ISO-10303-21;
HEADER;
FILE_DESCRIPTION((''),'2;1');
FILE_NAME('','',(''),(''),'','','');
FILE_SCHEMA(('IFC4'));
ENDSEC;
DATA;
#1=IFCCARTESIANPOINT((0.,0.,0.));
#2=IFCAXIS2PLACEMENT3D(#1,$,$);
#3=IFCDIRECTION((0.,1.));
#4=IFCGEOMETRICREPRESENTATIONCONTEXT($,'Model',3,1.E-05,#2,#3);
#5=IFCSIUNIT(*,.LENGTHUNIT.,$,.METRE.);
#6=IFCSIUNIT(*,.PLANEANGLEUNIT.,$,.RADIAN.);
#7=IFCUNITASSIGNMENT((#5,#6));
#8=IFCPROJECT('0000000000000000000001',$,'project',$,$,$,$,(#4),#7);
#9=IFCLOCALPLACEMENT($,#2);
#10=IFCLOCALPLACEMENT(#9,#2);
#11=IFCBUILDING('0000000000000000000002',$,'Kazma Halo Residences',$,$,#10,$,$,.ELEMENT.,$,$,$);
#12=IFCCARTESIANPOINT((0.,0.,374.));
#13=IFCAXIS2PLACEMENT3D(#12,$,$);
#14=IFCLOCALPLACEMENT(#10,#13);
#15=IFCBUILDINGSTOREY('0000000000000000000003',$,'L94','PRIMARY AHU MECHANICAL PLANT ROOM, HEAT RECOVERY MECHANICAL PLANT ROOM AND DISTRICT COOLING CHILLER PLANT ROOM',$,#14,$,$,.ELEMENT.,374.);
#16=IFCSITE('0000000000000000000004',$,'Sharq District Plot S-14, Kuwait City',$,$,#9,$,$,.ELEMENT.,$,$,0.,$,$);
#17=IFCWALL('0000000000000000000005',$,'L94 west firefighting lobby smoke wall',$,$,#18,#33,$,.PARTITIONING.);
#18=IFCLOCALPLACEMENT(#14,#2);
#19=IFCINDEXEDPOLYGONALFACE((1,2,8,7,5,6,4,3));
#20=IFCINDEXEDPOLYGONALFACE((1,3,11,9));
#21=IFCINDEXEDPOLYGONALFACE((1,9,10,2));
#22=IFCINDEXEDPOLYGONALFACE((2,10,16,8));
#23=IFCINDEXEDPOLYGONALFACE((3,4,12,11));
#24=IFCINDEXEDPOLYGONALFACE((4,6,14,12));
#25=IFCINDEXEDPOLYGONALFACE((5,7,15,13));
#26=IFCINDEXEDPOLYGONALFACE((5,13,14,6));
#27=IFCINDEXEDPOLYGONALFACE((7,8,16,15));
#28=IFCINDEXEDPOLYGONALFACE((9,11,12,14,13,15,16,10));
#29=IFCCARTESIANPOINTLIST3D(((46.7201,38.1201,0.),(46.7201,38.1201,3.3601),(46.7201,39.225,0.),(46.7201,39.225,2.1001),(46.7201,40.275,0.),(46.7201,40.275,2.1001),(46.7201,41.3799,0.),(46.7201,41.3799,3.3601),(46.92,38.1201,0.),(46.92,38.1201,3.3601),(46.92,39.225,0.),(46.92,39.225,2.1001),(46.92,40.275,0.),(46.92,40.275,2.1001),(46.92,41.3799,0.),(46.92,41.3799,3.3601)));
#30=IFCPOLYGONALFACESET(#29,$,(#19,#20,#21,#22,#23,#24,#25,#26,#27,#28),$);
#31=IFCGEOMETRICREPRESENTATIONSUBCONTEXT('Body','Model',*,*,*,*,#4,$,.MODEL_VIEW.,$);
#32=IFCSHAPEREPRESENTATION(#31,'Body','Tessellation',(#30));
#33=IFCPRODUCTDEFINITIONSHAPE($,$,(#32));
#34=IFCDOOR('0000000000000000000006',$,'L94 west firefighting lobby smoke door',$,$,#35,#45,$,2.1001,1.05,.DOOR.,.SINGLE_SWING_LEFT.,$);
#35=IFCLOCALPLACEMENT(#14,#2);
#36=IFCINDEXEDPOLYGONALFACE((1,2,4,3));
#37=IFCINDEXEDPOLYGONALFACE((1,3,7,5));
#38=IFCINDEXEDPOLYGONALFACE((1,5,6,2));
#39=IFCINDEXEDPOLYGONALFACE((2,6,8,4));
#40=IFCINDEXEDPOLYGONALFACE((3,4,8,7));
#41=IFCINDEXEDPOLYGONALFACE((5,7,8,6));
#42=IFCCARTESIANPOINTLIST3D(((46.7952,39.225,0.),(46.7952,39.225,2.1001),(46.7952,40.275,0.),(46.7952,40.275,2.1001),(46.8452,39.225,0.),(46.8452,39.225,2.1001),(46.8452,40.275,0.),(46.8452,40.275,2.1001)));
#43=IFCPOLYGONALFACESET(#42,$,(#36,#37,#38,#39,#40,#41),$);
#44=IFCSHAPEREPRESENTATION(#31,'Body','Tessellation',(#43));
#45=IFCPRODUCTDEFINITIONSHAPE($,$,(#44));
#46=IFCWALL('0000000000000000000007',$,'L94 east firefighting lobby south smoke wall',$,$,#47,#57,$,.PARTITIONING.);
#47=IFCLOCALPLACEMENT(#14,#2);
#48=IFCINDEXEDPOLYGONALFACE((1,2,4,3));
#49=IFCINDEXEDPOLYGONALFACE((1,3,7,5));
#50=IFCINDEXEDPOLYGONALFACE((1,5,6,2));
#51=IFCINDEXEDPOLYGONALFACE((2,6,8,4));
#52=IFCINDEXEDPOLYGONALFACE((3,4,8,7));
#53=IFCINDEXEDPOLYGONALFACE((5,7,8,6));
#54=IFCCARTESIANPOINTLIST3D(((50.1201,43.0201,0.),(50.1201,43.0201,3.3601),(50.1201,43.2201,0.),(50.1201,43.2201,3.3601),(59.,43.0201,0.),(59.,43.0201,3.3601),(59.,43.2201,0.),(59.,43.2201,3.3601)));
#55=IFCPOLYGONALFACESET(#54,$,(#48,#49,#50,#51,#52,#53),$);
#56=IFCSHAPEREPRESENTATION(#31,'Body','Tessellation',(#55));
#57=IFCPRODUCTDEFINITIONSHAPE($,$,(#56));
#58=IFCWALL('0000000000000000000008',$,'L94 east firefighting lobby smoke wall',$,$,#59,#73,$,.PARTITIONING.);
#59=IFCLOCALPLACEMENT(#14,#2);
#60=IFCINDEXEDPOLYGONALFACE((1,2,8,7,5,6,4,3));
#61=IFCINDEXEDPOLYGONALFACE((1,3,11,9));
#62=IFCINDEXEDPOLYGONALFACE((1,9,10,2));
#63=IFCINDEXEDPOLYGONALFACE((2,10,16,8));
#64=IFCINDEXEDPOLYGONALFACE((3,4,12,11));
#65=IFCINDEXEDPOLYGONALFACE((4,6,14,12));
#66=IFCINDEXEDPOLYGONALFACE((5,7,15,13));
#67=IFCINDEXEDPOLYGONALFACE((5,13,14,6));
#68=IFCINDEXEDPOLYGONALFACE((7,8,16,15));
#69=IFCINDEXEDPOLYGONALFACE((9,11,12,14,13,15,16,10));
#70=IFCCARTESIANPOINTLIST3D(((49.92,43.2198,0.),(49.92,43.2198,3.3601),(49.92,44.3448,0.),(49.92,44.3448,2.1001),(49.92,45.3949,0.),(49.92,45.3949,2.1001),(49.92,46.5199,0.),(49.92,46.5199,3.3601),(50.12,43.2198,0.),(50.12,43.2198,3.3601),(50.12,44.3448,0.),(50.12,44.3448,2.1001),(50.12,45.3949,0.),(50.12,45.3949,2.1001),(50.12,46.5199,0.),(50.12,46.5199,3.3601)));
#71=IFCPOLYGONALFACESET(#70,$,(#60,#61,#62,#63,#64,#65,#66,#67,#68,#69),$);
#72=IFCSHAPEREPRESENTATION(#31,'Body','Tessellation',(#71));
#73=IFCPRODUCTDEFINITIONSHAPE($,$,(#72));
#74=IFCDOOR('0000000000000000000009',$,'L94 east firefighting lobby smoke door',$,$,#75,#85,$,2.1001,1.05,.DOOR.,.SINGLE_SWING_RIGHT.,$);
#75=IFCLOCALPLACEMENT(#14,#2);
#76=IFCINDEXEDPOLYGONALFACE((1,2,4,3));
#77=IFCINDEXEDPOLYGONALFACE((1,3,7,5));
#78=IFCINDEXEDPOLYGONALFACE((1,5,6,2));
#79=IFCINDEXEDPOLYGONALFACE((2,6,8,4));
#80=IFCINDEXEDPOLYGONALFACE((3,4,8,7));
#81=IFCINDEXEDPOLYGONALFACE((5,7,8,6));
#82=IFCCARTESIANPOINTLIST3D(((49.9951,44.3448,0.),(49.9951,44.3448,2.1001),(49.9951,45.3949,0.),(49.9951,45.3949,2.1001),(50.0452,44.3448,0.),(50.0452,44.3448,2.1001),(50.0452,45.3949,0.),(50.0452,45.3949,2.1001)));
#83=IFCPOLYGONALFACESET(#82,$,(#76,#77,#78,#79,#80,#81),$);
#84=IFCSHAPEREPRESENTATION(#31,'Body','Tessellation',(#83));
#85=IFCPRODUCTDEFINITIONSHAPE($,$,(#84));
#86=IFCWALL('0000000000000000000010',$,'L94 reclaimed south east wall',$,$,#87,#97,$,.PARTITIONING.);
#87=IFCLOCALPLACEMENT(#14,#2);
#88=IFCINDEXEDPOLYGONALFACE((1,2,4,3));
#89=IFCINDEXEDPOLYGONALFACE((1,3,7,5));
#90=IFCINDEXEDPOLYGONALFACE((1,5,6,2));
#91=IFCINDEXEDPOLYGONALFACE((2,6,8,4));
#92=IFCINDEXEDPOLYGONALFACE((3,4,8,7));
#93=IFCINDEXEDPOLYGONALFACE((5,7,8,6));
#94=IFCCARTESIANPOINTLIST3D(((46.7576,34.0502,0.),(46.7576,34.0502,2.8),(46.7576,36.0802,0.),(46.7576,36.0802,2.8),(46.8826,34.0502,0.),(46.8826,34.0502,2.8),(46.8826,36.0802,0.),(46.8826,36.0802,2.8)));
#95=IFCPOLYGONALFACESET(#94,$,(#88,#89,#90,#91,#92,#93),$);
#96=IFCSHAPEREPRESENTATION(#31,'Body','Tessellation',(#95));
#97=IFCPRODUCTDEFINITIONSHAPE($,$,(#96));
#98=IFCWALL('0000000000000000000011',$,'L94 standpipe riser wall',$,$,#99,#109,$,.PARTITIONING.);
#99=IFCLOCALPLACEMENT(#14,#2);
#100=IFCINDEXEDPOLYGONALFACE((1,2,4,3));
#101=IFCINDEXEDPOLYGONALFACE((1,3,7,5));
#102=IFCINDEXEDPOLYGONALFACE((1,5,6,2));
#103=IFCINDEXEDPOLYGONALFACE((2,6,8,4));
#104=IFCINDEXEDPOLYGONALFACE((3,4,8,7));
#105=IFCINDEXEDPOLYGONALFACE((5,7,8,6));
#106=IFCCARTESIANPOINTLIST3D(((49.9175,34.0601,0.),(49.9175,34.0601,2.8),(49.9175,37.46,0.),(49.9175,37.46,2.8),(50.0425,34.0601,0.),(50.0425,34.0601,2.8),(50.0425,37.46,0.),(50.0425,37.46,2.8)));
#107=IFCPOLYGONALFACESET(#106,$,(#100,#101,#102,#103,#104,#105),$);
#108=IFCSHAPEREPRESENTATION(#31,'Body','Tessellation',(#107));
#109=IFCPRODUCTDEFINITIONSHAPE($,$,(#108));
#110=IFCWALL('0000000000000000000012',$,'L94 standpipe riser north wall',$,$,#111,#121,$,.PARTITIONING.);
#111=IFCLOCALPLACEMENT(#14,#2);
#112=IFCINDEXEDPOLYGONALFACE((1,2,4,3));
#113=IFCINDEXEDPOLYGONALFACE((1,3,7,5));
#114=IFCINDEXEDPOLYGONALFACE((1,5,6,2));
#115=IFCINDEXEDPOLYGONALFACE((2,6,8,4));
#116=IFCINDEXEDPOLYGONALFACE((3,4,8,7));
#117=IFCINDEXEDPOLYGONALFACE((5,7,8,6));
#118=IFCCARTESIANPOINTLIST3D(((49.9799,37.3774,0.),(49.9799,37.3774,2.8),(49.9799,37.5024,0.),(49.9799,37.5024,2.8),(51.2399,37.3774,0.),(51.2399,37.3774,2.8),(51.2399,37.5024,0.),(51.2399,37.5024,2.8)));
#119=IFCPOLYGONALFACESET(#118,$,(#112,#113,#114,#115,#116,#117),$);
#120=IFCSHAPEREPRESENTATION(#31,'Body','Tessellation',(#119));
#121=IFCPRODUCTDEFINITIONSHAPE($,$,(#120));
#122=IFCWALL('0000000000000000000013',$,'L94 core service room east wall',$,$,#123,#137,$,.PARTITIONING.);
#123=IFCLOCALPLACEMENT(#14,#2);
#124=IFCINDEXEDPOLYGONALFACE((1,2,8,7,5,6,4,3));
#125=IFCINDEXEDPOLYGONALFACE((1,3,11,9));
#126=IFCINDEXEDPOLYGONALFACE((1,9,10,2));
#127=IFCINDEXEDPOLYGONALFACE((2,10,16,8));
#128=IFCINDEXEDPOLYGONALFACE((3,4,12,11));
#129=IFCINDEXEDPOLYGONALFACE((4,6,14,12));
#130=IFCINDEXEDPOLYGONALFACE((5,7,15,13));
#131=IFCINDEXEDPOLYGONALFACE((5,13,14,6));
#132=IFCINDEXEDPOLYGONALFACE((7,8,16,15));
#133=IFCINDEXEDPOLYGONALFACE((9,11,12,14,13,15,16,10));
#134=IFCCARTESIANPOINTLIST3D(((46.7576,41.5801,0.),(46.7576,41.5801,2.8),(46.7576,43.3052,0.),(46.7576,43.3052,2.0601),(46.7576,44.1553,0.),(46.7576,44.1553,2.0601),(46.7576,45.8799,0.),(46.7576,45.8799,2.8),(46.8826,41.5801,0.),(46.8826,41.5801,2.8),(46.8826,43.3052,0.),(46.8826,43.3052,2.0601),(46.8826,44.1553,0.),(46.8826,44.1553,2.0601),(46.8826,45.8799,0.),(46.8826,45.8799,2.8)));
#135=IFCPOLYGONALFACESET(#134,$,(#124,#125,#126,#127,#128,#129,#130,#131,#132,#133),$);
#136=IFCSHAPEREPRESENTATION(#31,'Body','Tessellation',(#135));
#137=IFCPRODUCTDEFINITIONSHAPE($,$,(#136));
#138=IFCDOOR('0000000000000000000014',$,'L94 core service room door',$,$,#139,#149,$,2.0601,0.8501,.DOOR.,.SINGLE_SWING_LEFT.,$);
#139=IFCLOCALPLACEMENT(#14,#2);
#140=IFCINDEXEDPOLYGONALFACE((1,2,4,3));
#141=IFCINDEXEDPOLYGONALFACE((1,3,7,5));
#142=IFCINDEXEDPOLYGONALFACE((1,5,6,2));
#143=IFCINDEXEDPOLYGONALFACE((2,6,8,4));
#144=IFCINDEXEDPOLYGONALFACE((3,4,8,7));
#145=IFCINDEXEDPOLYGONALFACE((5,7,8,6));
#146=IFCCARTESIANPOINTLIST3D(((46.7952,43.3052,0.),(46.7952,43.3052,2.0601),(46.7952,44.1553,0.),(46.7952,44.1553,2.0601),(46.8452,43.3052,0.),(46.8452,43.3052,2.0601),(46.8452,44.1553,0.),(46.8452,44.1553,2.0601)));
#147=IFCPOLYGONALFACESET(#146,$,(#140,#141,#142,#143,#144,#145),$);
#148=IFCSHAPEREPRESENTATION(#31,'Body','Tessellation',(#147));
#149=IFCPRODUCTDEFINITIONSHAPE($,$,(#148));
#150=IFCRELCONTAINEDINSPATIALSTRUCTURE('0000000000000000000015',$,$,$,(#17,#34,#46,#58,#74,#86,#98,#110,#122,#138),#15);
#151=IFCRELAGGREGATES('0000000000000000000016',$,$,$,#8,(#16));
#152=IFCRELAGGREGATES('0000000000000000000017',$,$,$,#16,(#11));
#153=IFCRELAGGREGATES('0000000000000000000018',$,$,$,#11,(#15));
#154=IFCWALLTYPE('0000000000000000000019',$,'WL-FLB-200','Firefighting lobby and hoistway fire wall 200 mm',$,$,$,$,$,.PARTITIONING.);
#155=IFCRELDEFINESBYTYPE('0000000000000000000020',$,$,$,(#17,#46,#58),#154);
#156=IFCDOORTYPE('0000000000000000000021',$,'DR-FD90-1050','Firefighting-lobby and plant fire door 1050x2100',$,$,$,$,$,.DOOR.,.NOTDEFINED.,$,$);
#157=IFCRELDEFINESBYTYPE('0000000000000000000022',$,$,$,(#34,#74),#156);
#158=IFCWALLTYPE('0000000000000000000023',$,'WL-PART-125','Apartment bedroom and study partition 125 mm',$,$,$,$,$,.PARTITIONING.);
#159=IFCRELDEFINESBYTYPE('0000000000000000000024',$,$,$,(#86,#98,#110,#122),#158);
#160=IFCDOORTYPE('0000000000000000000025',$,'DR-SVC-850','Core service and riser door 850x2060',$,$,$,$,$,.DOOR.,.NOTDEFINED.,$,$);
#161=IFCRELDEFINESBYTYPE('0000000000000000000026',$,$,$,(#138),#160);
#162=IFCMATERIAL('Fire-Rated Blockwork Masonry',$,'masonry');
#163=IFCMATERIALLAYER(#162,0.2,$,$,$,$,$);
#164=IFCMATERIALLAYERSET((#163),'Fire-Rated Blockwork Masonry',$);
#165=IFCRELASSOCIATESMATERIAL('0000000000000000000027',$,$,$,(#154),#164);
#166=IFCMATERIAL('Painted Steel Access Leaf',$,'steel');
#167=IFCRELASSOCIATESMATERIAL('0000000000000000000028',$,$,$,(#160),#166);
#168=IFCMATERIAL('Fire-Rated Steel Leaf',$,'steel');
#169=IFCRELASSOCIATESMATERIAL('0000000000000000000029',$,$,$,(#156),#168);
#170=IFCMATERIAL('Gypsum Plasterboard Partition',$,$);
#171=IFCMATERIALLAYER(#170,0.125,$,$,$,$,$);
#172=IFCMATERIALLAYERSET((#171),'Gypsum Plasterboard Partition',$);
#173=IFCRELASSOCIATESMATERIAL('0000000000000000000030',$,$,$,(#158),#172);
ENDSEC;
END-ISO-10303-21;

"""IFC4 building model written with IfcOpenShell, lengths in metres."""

from ifc_helpers import new_model, si_unit, direction, frame, frame_2d, origin, place, context, subcontext, project, spatial, rectangle, extrude, material, layer, layer_set, type_object, element, fill, save


model = new_model("IFC4")

# Units and contexts
model_context = context("Model", 3, precision=1e-05, world=origin(), true_north=direction((0.0, 1.0)))
body_context = subcontext(model_context, "Body", "Model", "MODEL_VIEW")
ifc_project = project(units=[si_unit("LENGTHUNIT", "METRE"), si_unit("PLANEANGLEUNIT", "RADIAN")], contexts=[model_context])

# Site, building, storey
site_placement = place(None, origin())
site = spatial("IfcSite", under=ifc_project, at=site_placement, Name="Sharq District Plot S-14, Kuwait City", CompositionType="ELEMENT", RefElevation=0.0)
building_placement = place(site_placement, origin())
building = spatial("IfcBuilding", under=site, at=building_placement, Name="Kazma Halo Residences", CompositionType="ELEMENT")
storey_placement = place(building_placement, frame((0.0, 0.0, 374.0)))
storey = spatial("IfcBuildingStorey", under=building, at=storey_placement, Name="L94", Description="PRIMARY AHU MECHANICAL PLANT ROOM, HEAT RECOVERY MECHANICAL PLANT ROOM AND DISTRICT COOLING CHILLER PLANT ROOM", CompositionType="ELEMENT", Elevation=374.0)

# Shared definitions
ifc_material_1 = material(Name="Fire-Rated Blockwork Masonry", Category="masonry")
ifc_layer_1 = layer(ifc_material_1, 0.2)
ifc_layer_set_1 = layer_set([ifc_layer_1], Name="Fire-Rated Blockwork Masonry")
wall_type_1 = type_object("IfcWallType", Name="WL-FLB-200", Description="Firefighting lobby and hoistway fire wall 200 mm", PredefinedType="PARTITIONING", material=ifc_layer_set_1)
ifc_material_2 = material(Name="Painted Steel Access Leaf", Category="steel")
door_type_1 = type_object("IfcDoorType", Name="DR-SVC-850", Description="Core service and riser door 850x2060", OperationType="NOTDEFINED", PredefinedType="DOOR", material=ifc_material_2)

# Wall, opening, door
wall_1_placement = place(storey_placement, frame((46.8201, 38.1201, 0.0), z_axis=(0.0, 0.0, 1.0), x_axis=(0.0, 1.0, 0.0)))
wall_1 = element("IfcWall", 1, at=wall_1_placement, inside=storey, type_object=wall_type_1, Name="L94 west firefighting lobby smoke wall", PredefinedType="PARTITIONING", context=body_context, shape_type="SweptSolid", body=[
    extrude(rectangle(XDim=3.2598, YDim=0.2, at=frame_2d((1.6299, 0.0))), origin(), (0.0, 0.0, 1.0), 3.3601),
])
opening_1_placement = place(wall_1_placement, frame((1.105, 0.0, 0.0)))
opening_1 = element("IfcOpeningElement", 2, at=opening_1_placement, cuts=wall_1, PredefinedType="OPENING", context=body_context, shape_type="SweptSolid", body=[
    extrude(rectangle(XDim=1.05, YDim=2.1001, at=frame_2d((0.5249, 1.05))), frame((0.0, 0.1099, 0.0), z_axis=(0.0, -1.0, 0.0), x_axis=(1.0, 0.0, 0.0)), (0.0, 0.0, 1.0), 0.22),
])
ifc_material_3 = material(Name="Fire-Rated Steel Leaf", Category="steel")
door_type_2 = type_object("IfcDoorType", Name="DR-FD90-1050", Description="Firefighting-lobby and plant fire door 1050x2100", OperationType="NOTDEFINED", PredefinedType="DOOR", material=ifc_material_3)
door_1_placement = place(opening_1_placement, origin())
door_1 = element("IfcDoor", 3, at=door_1_placement, inside=storey, type_object=door_type_2, Name="L94 west firefighting lobby smoke door", OperationType="SINGLE_SWING_LEFT", OverallHeight=2.1001, OverallWidth=1.05, PredefinedType="DOOR", context=body_context, shape_type="SweptSolid", body=[
    extrude(rectangle(XDim=1.05, YDim=2.1001, at=frame_2d((0.5249, 1.05))), frame((0.0, 0.0249, 0.0), z_axis=(0.0, -1.0, 0.0), x_axis=(1.0, 0.0, 0.0)), (0.0, 0.0, 1.0), 0.05),
])
fill(opening_1, door_1)

# Wall
wall_2_placement = place(storey_placement, frame((50.1201, 43.1201, 0.0), z_axis=(0.0, 0.0, 1.0), x_axis=(1.0, 0.0, 0.0)))
element("IfcWall", 4, at=wall_2_placement, inside=storey, type_object=wall_type_1, Name="L94 east firefighting lobby south smoke wall", PredefinedType="PARTITIONING", context=body_context, shape_type="SweptSolid", body=[
    extrude(rectangle(XDim=8.8799, YDim=0.2, at=frame_2d((4.4399, 0.0))), origin(), (0.0, 0.0, 1.0), 3.3601),
])

# Wall, opening, door
wall_3_placement = place(storey_placement, frame((50.02, 43.22, 0.0), z_axis=(0.0, 0.0, 1.0), x_axis=(0.0, 1.0, 0.0)))
wall_3 = element("IfcWall", 5, at=wall_3_placement, inside=storey, type_object=wall_type_1, Name="L94 east firefighting lobby smoke wall", PredefinedType="PARTITIONING", context=body_context, shape_type="SweptSolid", body=[
    extrude(rectangle(XDim=3.3, YDim=0.2, at=frame_2d((1.6499, 0.0))), origin(), (0.0, 0.0, 1.0), 3.3601),
])
opening_2_placement = place(wall_3_placement, frame((1.125, 0.0, 0.0)))
opening_2 = element("IfcOpeningElement", 6, at=opening_2_placement, cuts=wall_3, PredefinedType="OPENING", context=body_context, shape_type="SweptSolid", body=[
    extrude(rectangle(XDim=1.05, YDim=2.1001, at=frame_2d((0.5249, 1.05))), frame((0.0, 0.1099, 0.0), z_axis=(0.0, -1.0, 0.0), x_axis=(1.0, 0.0, 0.0)), (0.0, 0.0, 1.0), 0.22),
])
door_2_placement = place(opening_2_placement, origin())
door_2 = element("IfcDoor", 7, at=door_2_placement, inside=storey, type_object=door_type_2, Name="L94 east firefighting lobby smoke door", OperationType="SINGLE_SWING_RIGHT", OverallHeight=2.1001, OverallWidth=1.05, PredefinedType="DOOR", context=body_context, shape_type="SweptSolid", body=[
    extrude(rectangle(XDim=1.05, YDim=2.1001, at=frame_2d((0.5249, 1.05))), frame((0.0, 0.0249, 0.0), z_axis=(0.0, -1.0, 0.0), x_axis=(1.0, 0.0, 0.0)), (0.0, 0.0, 1.0), 0.05),
])
fill(opening_2, door_2)

# Walls
ifc_material_4 = material(Name="Gypsum Plasterboard Partition")
ifc_layer_2 = layer(ifc_material_4, 0.125)
ifc_layer_set_2 = layer_set([ifc_layer_2], Name="Gypsum Plasterboard Partition")
wall_type_2 = type_object("IfcWallType", Name="WL-PART-125", Description="Apartment bedroom and study partition 125 mm", PredefinedType="PARTITIONING", material=ifc_layer_set_2)
wall_4_placement = place(storey_placement, frame((46.8201, 34.05, 0.0), z_axis=(0.0, 0.0, 1.0), x_axis=(0.0, 1.0, 0.0)))
element("IfcWall", 8, at=wall_4_placement, inside=storey, type_object=wall_type_2, Name="L94 reclaimed south east wall", PredefinedType="PARTITIONING", context=body_context, shape_type="SweptSolid", body=[
    extrude(rectangle(XDim=2.03, YDim=0.125, at=frame_2d((1.0151, 0.0))), origin(), (0.0, 0.0, 1.0), 2.8),
])
wall_5_placement = place(storey_placement, frame((49.98, 34.0601, 0.0), z_axis=(0.0, 0.0, 1.0), x_axis=(0.0, 1.0, 0.0)))
element("IfcWall", 9, at=wall_5_placement, inside=storey, type_object=wall_type_2, Name="L94 standpipe riser wall", PredefinedType="PARTITIONING", context=body_context, shape_type="SweptSolid", body=[
    extrude(rectangle(XDim=3.3999, YDim=0.125, at=frame_2d((1.7, 0.0))), origin(), (0.0, 0.0, 1.0), 2.8),
])
wall_6_placement = place(storey_placement, frame((49.98, 37.4399, 0.0), z_axis=(0.0, 0.0, 1.0), x_axis=(1.0, 0.0, 0.0)))
element("IfcWall", 10, at=wall_6_placement, inside=storey, type_object=wall_type_2, Name="L94 standpipe riser north wall", PredefinedType="PARTITIONING", context=body_context, shape_type="SweptSolid", body=[
    extrude(rectangle(XDim=1.26, YDim=0.125, at=frame_2d((0.6299, 0.0))), origin(), (0.0, 0.0, 1.0), 2.8),
])

# Wall, opening, door
wall_7_placement = place(storey_placement, frame((46.8201, 41.5801, 0.0), z_axis=(0.0, 0.0, 1.0), x_axis=(0.0, 1.0, 0.0)))
wall_7 = element("IfcWall", 11, at=wall_7_placement, inside=storey, type_object=wall_type_2, Name="L94 core service room east wall", PredefinedType="PARTITIONING", context=body_context, shape_type="SweptSolid", body=[
    extrude(rectangle(XDim=4.2998, YDim=0.125, at=frame_2d((2.1499, 0.0))), origin(), (0.0, 0.0, 1.0), 2.8),
])
opening_3_placement = place(wall_7_placement, frame((1.7251, 0.0, 0.0)))
opening_3 = element("IfcOpeningElement", 12, at=opening_3_placement, cuts=wall_7, PredefinedType="OPENING", context=body_context, shape_type="SweptSolid", body=[
    extrude(rectangle(XDim=0.8501, YDim=2.0601, at=frame_2d((0.425, 1.03))), frame((0.0, 0.0725, 0.0), z_axis=(0.0, -1.0, 0.0), x_axis=(1.0, 0.0, 0.0)), (0.0, 0.0, 1.0), 0.145),
])
door_3_placement = place(opening_3_placement, origin())
door_3 = element("IfcDoor", 13, at=door_3_placement, inside=storey, type_object=door_type_1, Name="L94 core service room door", OperationType="SINGLE_SWING_LEFT", OverallHeight=2.0601, OverallWidth=0.8501, PredefinedType="DOOR", context=body_context, shape_type="SweptSolid", body=[
    extrude(rectangle(XDim=0.8501, YDim=2.0601, at=frame_2d((0.425, 1.03))), frame((0.0, 0.0249, 0.0), z_axis=(0.0, -1.0, 0.0), x_axis=(1.0, 0.0, 0.0)), (0.0, 0.0, 1.0), 0.05),
])
fill(opening_3, door_3)

save(model, "model.ifc")
